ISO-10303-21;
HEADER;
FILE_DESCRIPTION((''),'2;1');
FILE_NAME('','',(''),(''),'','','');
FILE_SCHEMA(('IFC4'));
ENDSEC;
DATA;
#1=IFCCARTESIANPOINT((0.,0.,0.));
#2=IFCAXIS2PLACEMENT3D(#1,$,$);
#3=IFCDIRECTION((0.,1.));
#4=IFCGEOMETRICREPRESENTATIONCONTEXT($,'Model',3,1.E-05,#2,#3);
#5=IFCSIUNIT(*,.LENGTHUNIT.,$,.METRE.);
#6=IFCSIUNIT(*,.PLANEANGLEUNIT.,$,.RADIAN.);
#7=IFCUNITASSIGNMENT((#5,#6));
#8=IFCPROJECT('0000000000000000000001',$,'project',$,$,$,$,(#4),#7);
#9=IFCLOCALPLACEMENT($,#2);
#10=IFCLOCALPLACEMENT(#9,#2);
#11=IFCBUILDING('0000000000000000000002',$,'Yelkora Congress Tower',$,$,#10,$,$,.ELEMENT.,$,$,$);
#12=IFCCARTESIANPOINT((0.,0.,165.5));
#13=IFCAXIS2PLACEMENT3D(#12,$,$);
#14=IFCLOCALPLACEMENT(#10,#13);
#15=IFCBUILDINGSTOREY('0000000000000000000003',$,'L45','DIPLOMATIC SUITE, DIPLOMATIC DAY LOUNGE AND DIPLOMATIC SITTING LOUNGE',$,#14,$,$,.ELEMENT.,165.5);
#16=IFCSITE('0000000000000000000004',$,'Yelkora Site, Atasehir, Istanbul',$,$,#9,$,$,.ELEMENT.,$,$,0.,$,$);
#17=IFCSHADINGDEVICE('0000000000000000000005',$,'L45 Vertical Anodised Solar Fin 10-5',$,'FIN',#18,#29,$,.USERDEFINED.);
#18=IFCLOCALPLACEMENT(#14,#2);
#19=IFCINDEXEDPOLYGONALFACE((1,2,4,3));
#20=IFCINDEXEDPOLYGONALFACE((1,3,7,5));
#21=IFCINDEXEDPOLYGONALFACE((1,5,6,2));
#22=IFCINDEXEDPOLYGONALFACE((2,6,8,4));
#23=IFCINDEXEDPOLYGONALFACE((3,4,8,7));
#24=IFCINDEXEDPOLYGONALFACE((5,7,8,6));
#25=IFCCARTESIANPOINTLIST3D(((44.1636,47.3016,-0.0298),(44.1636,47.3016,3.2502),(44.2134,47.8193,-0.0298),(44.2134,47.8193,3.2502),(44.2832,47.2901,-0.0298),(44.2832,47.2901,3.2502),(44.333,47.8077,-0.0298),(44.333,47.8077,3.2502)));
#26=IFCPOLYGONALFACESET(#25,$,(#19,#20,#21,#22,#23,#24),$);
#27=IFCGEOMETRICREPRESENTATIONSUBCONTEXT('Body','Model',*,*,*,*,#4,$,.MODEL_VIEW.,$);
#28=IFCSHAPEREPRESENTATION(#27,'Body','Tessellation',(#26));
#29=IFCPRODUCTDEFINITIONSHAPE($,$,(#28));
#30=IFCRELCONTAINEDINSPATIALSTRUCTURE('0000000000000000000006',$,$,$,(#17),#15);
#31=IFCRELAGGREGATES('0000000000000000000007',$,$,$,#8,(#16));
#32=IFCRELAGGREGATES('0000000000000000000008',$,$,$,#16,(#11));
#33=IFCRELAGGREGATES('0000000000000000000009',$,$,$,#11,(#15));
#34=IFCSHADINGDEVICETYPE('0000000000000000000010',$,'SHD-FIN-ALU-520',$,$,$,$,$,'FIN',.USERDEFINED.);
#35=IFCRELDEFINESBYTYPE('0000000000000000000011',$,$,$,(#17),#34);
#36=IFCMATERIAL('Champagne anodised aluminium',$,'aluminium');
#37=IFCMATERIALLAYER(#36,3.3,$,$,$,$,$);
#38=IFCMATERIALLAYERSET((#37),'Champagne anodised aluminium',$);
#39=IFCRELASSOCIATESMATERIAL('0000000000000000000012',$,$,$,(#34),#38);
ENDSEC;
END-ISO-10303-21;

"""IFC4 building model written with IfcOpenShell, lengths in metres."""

from ifc_helpers import new_model, si_unit, direction, frame, origin, origin_2d, place, context, subcontext, project, spatial, rectangle, extrude, material, layer, layer_set, type_object, element, save


model = new_model("IFC4")

# Units and contexts
model_context = context("Model", 3, precision=1e-05, world=origin(), true_north=direction((0.0, 1.0)))
body_context = subcontext(model_context, "Body", "Model", "MODEL_VIEW")
ifc_project = project(units=[si_unit("LENGTHUNIT", "METRE"), si_unit("PLANEANGLEUNIT", "RADIAN")], contexts=[model_context])

# Site, building, storey
site_placement = place(None, origin())
site = spatial("IfcSite", under=ifc_project, at=site_placement, Name="Yelkora Site, Atasehir, Istanbul", CompositionType="ELEMENT", RefElevation=0.0)
building_placement = place(site_placement, origin())
building = spatial("IfcBuilding", under=site, at=building_placement, Name="Yelkora Congress Tower", CompositionType="ELEMENT")
storey_placement = place(building_placement, frame((0.0, 0.0, 165.5)))
storey = spatial("IfcBuildingStorey", under=building, at=storey_placement, Name="L45", Description="DIPLOMATIC SUITE, DIPLOMATIC DAY LOUNGE AND DIPLOMATIC SITTING LOUNGE", CompositionType="ELEMENT", Elevation=165.5)

# Shading device
ifc_material_1 = material(Name="Champagne anodised aluminium", Category="aluminium")
ifc_layer_1 = layer(ifc_material_1, 3.3)
ifc_layer_set_1 = layer_set([ifc_layer_1], Name="Champagne anodised aluminium")
shading_device_type = type_object("IfcShadingDeviceType", Name="SHD-FIN-ALU-520", ElementType="FIN", PredefinedType="USERDEFINED", material=ifc_layer_set_1)
shading_device_placement = place(storey_placement, frame((44.2483, 47.5547, -0.0298), z_axis=(0.0, 0.0, 1.0), x_axis=(0.995396, -0.095846, 0.0)))
element("IfcShadingDevice", 1, at=shading_device_placement, inside=storey, type_object=shading_device_type, Name="L45 Vertical Anodised Solar Fin 10-5", ObjectType="FIN", PredefinedType="USERDEFINED", context=body_context, shape_type="SweptSolid", body=[
    extrude(rectangle(XDim=0.1201, YDim=0.52, at=origin_2d()), origin(), (0.0, 0.0, 1.0), 3.28),
])

save(model, "model.ifc")
